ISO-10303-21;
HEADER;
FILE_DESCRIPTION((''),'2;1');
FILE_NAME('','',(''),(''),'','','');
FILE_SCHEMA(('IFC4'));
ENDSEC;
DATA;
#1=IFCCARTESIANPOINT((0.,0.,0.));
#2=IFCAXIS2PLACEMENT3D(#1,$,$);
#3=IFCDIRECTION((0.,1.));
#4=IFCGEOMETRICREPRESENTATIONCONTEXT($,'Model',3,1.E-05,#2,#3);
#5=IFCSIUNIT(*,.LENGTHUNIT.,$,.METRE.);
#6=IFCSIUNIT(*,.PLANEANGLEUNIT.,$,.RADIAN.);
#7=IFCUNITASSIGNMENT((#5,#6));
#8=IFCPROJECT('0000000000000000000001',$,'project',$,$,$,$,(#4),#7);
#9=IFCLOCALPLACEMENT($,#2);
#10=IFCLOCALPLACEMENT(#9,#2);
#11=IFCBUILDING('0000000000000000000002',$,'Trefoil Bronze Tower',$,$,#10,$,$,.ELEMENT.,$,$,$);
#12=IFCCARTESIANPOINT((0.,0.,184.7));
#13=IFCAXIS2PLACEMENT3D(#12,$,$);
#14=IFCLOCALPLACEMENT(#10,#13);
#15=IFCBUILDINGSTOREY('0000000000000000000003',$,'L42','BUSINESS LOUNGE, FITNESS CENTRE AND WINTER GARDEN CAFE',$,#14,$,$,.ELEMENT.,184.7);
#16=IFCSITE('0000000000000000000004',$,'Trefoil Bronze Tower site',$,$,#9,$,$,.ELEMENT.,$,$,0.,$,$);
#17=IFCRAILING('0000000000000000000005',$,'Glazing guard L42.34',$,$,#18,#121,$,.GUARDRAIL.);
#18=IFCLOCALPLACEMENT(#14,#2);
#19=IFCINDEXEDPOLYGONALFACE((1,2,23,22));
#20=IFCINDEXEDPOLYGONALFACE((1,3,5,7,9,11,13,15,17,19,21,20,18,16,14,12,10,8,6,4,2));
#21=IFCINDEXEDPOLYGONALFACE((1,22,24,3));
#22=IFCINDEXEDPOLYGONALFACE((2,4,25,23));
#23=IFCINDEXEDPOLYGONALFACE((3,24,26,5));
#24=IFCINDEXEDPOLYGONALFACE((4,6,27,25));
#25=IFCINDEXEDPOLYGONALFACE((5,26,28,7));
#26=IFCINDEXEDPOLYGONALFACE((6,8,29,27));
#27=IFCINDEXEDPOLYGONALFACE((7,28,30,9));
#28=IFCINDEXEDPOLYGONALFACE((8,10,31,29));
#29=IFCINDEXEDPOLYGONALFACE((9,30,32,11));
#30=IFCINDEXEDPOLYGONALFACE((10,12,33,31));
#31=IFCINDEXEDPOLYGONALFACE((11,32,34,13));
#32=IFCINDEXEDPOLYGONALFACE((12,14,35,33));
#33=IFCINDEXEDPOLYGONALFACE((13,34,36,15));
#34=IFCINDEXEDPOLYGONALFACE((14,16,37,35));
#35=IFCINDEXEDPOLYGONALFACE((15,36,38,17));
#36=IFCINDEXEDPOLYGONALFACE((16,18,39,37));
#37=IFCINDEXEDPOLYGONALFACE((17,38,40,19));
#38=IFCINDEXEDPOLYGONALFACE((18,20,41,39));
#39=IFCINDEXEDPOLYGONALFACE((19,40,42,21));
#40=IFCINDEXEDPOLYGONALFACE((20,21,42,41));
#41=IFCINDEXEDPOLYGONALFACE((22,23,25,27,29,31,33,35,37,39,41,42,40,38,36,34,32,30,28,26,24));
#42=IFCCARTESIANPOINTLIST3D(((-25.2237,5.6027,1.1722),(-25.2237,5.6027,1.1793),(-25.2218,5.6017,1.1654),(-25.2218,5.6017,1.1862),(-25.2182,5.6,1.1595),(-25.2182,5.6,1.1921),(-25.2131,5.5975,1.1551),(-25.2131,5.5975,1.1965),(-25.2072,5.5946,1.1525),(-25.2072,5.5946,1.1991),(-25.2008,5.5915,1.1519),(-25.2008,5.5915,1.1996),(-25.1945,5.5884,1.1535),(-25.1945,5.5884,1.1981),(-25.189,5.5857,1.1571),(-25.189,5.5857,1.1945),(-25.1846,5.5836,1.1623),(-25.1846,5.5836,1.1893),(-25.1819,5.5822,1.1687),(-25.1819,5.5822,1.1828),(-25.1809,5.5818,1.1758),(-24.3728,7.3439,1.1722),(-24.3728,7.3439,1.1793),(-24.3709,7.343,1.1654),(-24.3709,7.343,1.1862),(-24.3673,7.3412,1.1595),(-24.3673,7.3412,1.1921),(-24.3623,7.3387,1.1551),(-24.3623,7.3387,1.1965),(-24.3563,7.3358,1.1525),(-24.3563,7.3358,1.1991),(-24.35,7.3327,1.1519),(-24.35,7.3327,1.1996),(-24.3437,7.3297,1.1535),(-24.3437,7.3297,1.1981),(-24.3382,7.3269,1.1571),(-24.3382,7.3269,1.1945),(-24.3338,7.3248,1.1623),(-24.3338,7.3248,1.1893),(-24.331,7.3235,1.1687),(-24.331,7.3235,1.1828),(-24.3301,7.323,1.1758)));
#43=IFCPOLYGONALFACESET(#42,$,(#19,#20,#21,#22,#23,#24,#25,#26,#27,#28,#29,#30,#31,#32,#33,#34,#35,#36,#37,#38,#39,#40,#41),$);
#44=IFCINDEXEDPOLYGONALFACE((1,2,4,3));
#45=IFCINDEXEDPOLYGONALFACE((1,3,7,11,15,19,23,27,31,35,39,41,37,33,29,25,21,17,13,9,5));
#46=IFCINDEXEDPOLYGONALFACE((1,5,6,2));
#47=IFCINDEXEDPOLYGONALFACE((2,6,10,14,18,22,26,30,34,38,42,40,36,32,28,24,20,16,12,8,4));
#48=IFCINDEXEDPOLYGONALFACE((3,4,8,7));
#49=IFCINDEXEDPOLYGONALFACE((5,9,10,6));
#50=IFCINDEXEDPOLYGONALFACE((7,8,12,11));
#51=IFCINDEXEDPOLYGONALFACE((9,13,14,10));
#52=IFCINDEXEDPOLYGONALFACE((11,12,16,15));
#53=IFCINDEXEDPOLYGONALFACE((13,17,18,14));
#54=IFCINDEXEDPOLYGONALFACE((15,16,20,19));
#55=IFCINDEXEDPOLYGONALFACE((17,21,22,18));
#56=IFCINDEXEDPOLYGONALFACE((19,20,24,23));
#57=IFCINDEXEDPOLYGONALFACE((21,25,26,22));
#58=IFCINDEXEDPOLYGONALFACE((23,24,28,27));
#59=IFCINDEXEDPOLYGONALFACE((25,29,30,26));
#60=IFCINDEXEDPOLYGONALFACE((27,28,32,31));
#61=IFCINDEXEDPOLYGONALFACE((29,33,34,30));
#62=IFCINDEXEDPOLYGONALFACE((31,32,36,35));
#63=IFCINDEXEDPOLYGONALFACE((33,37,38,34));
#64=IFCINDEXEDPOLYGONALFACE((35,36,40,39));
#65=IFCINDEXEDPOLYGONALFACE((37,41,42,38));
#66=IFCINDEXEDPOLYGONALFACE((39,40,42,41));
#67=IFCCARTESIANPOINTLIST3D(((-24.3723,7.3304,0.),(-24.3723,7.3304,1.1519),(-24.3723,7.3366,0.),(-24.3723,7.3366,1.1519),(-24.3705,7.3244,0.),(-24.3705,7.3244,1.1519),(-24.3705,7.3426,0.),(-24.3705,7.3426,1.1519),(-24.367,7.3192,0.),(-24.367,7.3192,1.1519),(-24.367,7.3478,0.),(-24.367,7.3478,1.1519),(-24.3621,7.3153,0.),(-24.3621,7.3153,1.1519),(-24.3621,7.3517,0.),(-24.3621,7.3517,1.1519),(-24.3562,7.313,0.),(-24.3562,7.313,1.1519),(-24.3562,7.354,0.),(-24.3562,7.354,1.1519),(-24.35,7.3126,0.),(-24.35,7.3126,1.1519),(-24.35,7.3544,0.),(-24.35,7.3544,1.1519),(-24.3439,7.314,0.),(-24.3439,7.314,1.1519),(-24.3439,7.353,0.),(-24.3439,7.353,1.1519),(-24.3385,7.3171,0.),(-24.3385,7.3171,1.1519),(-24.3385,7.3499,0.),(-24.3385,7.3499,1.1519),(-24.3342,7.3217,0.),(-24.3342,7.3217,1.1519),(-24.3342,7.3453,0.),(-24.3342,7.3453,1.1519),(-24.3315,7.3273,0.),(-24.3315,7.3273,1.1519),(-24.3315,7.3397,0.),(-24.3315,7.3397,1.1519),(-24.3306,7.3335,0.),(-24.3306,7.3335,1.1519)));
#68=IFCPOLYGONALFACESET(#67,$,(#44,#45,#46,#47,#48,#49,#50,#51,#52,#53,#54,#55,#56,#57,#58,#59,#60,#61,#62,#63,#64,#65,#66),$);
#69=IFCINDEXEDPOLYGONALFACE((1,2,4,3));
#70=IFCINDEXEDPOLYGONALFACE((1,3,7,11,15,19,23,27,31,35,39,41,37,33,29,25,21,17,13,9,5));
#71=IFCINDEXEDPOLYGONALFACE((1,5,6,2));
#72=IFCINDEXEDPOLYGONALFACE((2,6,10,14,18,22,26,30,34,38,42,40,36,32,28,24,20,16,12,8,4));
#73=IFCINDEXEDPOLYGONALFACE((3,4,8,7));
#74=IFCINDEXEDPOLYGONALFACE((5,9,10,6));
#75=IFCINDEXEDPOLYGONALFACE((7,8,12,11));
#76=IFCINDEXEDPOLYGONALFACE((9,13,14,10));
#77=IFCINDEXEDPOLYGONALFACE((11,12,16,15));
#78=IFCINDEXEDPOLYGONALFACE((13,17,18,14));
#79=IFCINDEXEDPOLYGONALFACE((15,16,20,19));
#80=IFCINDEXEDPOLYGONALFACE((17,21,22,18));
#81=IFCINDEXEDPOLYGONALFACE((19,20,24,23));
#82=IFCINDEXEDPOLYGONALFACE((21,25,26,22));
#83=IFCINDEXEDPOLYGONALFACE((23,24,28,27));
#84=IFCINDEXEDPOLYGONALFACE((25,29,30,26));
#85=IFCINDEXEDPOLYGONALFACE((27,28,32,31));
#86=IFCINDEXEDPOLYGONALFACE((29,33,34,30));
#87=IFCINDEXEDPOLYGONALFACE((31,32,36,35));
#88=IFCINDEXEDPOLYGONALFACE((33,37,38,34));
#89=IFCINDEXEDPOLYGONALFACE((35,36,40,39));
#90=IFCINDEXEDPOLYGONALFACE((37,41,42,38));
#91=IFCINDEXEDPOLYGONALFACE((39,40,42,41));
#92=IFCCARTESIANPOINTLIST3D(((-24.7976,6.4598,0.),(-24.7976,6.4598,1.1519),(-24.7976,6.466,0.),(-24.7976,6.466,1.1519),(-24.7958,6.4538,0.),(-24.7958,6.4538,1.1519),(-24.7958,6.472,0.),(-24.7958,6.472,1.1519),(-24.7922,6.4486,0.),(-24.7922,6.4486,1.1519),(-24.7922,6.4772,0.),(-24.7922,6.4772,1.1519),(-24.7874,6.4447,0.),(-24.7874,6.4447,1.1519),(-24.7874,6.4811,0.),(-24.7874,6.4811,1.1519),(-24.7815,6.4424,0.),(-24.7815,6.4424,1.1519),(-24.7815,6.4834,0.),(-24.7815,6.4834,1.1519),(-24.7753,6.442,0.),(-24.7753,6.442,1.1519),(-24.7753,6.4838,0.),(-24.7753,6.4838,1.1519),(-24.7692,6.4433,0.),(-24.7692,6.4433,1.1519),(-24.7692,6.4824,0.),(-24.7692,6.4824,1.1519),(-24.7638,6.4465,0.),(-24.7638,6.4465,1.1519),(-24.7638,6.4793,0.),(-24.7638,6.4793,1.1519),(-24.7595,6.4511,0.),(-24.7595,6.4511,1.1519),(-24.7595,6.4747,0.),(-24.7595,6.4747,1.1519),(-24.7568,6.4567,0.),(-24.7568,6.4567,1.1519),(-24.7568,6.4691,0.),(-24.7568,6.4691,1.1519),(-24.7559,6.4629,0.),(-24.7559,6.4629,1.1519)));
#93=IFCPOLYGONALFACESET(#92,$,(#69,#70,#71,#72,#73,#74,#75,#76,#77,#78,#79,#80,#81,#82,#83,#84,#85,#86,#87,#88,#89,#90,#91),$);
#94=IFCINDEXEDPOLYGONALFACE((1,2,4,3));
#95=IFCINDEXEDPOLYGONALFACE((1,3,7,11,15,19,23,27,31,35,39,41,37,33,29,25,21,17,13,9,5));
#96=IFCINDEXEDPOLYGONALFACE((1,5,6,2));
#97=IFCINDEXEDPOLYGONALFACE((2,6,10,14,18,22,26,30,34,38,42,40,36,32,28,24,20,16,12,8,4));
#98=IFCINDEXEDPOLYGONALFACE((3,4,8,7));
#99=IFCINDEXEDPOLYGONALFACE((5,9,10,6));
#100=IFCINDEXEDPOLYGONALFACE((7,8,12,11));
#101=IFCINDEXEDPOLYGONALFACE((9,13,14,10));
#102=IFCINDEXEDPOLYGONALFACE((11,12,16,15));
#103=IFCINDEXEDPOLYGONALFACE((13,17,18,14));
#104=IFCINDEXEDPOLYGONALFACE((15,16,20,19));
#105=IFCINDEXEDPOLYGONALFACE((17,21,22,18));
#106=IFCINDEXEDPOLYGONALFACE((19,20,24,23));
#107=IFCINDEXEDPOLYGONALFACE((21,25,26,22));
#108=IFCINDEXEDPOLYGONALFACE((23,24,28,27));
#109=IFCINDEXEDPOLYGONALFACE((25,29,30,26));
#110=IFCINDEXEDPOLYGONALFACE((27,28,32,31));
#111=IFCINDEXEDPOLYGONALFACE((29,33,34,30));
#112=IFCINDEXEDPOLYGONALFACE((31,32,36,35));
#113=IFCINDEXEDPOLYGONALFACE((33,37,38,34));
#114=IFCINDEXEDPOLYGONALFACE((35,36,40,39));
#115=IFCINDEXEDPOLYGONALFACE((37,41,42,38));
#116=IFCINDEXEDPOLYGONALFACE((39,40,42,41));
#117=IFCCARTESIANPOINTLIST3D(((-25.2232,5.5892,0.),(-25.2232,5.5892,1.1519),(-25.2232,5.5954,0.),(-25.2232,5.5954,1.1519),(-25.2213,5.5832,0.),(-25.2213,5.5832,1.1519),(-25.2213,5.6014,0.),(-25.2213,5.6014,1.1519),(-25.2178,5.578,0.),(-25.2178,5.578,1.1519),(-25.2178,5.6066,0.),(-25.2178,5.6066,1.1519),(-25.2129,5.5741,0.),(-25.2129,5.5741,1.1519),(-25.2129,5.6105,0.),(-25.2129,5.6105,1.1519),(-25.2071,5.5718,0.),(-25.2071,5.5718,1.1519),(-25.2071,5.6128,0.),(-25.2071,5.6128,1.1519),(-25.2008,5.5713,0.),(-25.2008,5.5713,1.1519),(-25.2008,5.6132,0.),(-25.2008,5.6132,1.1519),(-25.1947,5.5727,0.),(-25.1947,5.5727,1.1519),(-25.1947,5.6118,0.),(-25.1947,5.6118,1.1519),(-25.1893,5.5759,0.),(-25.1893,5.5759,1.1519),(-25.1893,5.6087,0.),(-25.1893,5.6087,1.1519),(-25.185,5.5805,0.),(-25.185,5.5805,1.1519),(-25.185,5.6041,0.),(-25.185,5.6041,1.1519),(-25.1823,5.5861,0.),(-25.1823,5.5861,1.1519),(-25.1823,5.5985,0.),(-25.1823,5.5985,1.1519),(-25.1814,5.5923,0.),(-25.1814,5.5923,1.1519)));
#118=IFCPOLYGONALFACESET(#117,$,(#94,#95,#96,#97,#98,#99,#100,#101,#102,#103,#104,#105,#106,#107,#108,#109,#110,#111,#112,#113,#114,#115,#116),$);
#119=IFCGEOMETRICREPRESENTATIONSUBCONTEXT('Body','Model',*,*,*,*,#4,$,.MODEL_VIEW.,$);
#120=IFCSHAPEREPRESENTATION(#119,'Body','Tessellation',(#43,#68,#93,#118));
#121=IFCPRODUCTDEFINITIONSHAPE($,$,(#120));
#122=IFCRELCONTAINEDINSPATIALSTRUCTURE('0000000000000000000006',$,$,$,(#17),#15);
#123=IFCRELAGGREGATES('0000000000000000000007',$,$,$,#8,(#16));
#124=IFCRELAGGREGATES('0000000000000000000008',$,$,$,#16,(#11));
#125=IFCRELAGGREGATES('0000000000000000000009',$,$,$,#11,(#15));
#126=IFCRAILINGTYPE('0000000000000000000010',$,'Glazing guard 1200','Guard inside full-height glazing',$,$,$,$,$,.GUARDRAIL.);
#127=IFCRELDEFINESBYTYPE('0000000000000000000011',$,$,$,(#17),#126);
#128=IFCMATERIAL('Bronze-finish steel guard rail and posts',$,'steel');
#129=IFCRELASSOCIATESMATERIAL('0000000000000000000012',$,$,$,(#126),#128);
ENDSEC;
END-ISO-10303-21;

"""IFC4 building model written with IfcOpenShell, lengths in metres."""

from ifc_helpers import new_model, si_unit, direction, frame, origin, origin_2d, place, context, subcontext, project, spatial, circle, extrude, material, type_object, element, save


model = new_model("IFC4")

# Units and contexts
model_context = context("Model", 3, precision=1e-05, world=origin(), true_north=direction((0.0, 1.0)))
body_context = subcontext(model_context, "Body", "Model", "MODEL_VIEW")
ifc_project = project(units=[si_unit("LENGTHUNIT", "METRE"), si_unit("PLANEANGLEUNIT", "RADIAN")], contexts=[model_context])

# Site, building, storey
site_placement = place(None, origin())
site = spatial("IfcSite", under=ifc_project, at=site_placement, Name="Trefoil Bronze Tower site", CompositionType="ELEMENT", RefElevation=0.0)
building_placement = place(site_placement, origin())
building = spatial("IfcBuilding", under=site, at=building_placement, Name="Trefoil Bronze Tower", CompositionType="ELEMENT")
storey_placement = place(building_placement, frame((0.0, 0.0, 184.7)))
storey = spatial("IfcBuildingStorey", under=building, at=storey_placement, Name="L42", Description="BUSINESS LOUNGE, FITNESS CENTRE AND WINTER GARDEN CAFE", CompositionType="ELEMENT", Elevation=184.7)

# Railing
ifc_material_1 = material(Name="Bronze-finish steel guard rail and posts", Category="steel")
railing_type = type_object("IfcRailingType", Name="Glazing guard 1200", Description="Guard inside full-height glazing", PredefinedType="GUARDRAIL", material=ifc_material_1)
railing_1_placement = place(storey_placement, frame((-24.3516, 7.3335, 0.0)))
element("IfcRailing", 1, at=railing_1_placement, inside=storey, type_object=railing_type, Name="Glazing guard L42.34", PredefinedType="GUARDRAIL", context=body_context, shape_type="SweptSolid", body=[
    extrude(circle(Radius=0.0239, at=origin_2d()), frame((0.0, 0.0, 1.1758), z_axis=(-0.439032, -0.898472, 0.0), x_axis=(0.898472, -0.439032, 0.0)), (0.0, 0.0, 1.0), 1.938),
    extrude(circle(Radius=0.021, at=origin_2d()), origin(), (0.0, 0.0, 1.0), 1.1519),
    extrude(circle(Radius=0.021, at=origin_2d()), frame((-0.4253, -0.8706, 0.0)), (0.0, 0.0, 1.0), 1.1519),
    extrude(circle(Radius=0.021, at=origin_2d()), frame((-0.8508, -1.7412, 0.0)), (0.0, 0.0, 1.0), 1.1519),
])

save(model, "model.ifc")
